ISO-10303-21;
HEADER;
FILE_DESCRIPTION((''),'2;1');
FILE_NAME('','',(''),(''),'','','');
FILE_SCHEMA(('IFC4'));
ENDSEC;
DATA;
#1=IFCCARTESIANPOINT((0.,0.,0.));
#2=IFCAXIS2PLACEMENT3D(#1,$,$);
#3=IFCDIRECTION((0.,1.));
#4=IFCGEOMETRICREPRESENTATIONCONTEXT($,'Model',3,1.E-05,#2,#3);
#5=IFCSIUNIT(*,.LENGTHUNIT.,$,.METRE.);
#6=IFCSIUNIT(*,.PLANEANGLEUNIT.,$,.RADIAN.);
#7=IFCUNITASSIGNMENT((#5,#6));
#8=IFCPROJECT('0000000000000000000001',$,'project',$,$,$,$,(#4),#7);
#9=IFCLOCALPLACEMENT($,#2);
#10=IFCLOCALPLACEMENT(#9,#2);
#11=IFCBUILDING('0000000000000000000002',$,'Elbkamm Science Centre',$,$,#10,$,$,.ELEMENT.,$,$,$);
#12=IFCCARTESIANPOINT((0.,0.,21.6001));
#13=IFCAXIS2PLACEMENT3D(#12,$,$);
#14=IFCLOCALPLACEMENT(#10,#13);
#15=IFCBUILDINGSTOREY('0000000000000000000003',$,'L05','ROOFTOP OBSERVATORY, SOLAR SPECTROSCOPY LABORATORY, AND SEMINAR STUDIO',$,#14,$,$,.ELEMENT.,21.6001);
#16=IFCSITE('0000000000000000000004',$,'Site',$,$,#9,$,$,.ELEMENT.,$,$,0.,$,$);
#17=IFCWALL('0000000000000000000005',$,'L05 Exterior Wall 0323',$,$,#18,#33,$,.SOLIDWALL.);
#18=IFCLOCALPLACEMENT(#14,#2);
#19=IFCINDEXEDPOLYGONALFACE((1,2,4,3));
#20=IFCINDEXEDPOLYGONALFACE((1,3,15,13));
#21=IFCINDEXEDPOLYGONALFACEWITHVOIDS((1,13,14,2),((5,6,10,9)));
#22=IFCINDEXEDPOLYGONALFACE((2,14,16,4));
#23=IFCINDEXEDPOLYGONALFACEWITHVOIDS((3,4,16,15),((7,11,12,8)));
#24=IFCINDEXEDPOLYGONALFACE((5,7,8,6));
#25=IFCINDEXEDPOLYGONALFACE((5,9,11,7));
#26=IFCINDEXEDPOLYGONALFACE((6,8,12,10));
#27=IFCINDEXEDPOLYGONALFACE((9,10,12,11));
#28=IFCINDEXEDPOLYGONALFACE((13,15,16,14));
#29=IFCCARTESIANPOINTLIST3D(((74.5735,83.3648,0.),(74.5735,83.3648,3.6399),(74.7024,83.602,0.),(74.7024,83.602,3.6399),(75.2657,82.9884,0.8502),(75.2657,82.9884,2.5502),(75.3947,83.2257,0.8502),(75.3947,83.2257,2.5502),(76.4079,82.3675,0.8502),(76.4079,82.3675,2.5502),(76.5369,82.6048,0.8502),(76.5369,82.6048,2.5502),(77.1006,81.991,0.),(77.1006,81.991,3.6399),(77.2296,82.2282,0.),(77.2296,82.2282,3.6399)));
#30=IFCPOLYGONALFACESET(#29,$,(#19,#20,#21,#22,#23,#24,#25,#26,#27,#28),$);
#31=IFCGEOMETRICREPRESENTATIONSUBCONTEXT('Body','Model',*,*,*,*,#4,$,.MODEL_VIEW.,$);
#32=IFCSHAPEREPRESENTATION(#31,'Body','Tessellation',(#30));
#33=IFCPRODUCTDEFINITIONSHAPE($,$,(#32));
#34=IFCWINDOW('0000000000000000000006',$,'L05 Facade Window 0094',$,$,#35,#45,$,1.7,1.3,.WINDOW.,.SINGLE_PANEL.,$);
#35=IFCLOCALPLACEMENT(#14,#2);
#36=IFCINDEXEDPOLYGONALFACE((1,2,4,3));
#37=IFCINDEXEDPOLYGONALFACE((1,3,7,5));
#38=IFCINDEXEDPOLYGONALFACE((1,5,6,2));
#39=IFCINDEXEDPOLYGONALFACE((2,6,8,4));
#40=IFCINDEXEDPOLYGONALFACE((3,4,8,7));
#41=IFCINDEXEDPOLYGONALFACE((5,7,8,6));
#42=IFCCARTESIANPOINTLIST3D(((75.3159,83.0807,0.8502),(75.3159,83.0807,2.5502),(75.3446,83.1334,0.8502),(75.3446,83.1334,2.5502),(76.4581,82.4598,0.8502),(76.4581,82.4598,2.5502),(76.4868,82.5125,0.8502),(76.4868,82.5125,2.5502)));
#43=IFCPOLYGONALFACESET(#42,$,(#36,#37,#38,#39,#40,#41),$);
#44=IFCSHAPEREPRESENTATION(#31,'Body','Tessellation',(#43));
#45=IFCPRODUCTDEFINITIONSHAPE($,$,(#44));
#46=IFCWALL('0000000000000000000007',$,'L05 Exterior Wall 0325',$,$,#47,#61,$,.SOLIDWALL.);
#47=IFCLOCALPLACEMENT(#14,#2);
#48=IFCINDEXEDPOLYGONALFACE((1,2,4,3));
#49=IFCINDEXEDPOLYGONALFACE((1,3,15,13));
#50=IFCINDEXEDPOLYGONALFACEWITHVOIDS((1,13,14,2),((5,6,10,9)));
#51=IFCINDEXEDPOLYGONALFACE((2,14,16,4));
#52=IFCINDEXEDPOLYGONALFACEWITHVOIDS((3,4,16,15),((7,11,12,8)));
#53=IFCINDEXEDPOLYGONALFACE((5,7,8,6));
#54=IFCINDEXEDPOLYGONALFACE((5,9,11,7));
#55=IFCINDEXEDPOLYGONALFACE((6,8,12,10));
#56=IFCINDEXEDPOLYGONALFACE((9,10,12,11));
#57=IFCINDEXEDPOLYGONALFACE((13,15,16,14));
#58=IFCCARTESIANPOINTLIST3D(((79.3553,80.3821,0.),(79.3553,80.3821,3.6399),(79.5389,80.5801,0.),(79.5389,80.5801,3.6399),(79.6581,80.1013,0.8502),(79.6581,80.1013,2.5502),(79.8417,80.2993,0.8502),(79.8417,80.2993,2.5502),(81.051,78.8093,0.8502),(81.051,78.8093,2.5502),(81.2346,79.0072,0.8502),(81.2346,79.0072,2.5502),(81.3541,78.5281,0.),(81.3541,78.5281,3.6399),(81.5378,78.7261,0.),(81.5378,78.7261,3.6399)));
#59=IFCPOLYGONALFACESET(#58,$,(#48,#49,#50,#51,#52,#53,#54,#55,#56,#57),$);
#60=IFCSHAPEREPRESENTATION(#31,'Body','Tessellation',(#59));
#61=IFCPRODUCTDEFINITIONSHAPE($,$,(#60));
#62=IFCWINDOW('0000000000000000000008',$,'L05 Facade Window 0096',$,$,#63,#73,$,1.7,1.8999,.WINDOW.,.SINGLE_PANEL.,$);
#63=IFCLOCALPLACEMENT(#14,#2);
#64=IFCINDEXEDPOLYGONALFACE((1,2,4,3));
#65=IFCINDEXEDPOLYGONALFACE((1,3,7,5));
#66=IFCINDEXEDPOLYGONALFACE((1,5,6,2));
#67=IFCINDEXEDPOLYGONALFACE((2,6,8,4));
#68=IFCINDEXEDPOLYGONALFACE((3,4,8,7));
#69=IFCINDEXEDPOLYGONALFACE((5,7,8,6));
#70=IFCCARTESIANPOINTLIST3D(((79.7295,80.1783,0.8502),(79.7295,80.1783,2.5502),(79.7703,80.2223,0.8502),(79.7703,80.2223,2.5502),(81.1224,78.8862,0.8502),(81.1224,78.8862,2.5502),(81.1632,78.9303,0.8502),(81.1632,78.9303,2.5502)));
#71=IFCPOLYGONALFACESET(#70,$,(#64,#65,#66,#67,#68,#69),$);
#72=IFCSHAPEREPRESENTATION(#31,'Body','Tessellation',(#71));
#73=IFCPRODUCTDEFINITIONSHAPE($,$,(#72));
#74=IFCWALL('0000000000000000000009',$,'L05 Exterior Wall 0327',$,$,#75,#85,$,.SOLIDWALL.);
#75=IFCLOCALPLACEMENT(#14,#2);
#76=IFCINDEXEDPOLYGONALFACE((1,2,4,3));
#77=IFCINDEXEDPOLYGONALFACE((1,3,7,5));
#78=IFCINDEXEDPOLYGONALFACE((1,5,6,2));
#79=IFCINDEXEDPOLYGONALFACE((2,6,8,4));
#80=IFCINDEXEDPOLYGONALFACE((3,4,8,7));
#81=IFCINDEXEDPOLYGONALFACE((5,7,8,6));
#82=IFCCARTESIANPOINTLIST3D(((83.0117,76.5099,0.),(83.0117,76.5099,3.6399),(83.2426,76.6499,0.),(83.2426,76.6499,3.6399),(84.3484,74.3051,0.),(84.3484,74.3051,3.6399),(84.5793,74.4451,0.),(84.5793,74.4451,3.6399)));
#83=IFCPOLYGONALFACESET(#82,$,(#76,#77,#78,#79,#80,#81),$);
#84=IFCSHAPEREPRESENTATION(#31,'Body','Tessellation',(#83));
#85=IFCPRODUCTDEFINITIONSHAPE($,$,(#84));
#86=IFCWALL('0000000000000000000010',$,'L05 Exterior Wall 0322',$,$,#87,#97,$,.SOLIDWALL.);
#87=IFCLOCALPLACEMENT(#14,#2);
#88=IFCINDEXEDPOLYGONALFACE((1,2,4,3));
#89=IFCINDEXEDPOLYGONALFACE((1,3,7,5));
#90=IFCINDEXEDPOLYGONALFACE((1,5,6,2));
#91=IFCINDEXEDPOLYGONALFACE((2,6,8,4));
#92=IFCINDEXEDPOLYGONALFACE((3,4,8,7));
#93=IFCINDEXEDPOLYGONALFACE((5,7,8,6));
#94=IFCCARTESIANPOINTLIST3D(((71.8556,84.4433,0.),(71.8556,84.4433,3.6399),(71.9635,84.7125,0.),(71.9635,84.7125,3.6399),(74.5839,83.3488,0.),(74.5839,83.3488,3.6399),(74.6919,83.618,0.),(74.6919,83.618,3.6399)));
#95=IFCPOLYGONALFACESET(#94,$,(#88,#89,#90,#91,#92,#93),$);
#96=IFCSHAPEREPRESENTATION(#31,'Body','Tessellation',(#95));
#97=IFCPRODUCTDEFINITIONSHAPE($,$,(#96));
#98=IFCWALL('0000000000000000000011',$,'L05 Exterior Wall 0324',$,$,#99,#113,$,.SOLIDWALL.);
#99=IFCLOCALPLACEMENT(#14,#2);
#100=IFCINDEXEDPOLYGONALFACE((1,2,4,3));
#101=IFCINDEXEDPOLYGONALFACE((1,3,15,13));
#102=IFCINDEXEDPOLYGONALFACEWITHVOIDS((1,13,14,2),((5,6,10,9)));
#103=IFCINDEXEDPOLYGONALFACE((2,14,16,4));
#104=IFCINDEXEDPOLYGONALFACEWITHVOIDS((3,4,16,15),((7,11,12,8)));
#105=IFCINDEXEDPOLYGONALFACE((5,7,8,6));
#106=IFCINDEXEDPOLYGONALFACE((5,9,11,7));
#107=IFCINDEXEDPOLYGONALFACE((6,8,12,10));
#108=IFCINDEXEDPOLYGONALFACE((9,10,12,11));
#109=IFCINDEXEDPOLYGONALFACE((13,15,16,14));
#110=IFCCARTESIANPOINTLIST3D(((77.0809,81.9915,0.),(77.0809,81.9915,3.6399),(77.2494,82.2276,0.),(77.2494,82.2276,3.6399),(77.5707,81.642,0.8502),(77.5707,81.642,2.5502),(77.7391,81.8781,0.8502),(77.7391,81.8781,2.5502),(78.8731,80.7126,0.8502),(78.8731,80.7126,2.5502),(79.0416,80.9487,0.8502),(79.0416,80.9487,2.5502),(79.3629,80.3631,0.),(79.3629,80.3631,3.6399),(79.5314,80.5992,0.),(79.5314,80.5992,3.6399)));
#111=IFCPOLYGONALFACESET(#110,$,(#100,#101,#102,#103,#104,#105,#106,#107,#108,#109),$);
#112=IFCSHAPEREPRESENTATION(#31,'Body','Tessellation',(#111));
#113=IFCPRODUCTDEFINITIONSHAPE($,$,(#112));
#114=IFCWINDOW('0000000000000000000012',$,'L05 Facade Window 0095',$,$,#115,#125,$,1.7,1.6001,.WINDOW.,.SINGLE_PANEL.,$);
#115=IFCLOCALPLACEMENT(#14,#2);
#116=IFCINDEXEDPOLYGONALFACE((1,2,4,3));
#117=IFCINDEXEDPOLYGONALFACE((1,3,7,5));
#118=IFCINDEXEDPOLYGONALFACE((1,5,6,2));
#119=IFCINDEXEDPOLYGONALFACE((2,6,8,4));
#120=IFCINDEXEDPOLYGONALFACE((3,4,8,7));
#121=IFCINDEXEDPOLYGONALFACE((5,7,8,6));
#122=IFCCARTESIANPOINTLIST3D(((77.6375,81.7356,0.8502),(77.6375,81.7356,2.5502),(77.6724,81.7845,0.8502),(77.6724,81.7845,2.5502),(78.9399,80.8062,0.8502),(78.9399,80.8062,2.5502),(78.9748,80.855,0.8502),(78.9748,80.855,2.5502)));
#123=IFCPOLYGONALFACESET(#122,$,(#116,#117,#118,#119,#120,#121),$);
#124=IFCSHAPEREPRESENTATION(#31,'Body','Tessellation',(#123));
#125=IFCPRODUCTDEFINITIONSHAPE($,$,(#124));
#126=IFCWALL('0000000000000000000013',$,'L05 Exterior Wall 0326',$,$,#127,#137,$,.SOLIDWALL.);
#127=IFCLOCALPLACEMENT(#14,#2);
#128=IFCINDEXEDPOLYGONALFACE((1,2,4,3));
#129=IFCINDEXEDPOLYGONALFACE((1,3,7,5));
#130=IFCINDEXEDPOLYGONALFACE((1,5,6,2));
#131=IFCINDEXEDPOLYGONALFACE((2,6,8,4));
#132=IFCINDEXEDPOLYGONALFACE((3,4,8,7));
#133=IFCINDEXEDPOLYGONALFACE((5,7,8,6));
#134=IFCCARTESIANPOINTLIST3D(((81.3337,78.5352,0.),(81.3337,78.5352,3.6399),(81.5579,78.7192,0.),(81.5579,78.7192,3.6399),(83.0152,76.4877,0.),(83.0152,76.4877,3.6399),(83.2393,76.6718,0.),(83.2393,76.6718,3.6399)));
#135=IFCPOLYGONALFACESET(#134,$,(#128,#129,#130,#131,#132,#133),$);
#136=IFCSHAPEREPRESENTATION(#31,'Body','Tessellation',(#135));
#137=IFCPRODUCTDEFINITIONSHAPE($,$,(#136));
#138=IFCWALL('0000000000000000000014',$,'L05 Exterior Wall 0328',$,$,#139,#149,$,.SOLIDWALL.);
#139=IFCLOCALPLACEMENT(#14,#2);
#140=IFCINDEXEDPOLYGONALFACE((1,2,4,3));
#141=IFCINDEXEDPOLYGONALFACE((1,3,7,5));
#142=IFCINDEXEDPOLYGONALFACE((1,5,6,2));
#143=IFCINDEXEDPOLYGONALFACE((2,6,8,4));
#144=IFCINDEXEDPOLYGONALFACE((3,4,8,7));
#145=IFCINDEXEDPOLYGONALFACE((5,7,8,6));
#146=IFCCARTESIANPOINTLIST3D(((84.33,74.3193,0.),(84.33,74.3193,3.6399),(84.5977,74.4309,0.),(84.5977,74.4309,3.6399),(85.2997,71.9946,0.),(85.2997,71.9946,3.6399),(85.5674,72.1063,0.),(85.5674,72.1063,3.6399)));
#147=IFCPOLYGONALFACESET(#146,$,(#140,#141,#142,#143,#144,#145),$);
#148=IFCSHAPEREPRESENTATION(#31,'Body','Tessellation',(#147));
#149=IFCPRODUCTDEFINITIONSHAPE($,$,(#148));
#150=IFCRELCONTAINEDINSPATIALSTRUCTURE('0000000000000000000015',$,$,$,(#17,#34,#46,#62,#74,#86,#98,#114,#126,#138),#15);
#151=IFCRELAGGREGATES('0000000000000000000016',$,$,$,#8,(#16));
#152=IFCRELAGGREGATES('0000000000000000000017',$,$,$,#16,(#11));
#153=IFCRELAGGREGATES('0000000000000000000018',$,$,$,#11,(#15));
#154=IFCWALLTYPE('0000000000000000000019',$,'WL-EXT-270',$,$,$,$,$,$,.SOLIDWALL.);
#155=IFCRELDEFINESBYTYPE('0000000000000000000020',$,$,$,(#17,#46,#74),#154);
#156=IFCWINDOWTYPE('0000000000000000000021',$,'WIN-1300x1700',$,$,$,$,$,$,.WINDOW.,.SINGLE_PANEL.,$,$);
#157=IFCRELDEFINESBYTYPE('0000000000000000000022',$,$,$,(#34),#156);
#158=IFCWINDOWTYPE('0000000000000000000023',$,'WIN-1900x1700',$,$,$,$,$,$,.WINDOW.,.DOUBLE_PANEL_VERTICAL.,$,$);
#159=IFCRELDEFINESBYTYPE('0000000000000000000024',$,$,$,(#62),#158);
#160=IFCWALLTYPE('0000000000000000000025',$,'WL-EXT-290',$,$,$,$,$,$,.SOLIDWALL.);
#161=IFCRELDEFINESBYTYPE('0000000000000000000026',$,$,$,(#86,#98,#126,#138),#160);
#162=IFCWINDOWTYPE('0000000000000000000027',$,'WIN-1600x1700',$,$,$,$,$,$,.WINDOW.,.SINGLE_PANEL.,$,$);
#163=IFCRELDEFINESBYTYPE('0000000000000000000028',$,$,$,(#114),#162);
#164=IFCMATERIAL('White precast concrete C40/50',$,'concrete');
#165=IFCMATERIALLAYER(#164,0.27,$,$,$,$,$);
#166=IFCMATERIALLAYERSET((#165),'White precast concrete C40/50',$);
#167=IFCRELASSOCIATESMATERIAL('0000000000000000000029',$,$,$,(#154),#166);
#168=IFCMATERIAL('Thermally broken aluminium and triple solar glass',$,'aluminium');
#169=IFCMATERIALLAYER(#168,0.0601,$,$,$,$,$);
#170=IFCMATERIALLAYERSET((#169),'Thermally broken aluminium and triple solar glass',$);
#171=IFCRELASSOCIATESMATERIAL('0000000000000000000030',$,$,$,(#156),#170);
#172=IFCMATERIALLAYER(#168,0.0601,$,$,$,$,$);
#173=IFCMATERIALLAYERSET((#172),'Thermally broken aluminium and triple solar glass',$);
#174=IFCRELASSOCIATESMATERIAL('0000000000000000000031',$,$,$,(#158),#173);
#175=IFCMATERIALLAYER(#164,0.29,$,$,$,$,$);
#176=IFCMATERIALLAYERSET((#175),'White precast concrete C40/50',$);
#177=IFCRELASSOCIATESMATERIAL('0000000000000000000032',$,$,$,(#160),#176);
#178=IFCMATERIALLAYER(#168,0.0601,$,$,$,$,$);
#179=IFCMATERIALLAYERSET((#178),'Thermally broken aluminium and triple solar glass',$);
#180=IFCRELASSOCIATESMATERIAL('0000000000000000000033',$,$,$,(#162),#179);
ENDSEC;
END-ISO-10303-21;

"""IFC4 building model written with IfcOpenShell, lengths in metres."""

from ifc_helpers import new_model, si_unit, direction, frame, frame_2d, origin, place, context, subcontext, project, spatial, rectangle, extrude, material, layer, layer_set, type_object, element, fill, save


model = new_model("IFC4")

# Units and contexts
model_context = context("Model", 3, precision=1e-05, world=origin(), true_north=direction((0.0, 1.0)))
body_context = subcontext(model_context, "Body", "Model", "MODEL_VIEW")
ifc_project = project(units=[si_unit("LENGTHUNIT", "METRE"), si_unit("PLANEANGLEUNIT", "RADIAN")], contexts=[model_context])

# Site, building, storey
site_placement = place(None, origin())
site = spatial("IfcSite", under=ifc_project, at=site_placement, Name="Site", CompositionType="ELEMENT", RefElevation=0.0)
building_placement = place(site_placement, origin())
building = spatial("IfcBuilding", under=site, at=building_placement, Name="Elbkamm Science Centre", CompositionType="ELEMENT")
storey_placement = place(building_placement, frame((0.0, 0.0, 21.6001)))
storey = spatial("IfcBuildingStorey", under=building, at=storey_placement, Name="L05", Description="ROOFTOP OBSERVATORY, SOLAR SPECTROSCOPY LABORATORY, AND SEMINAR STUDIO", CompositionType="ELEMENT", Elevation=21.6001)

# Walls, openings, windows
ifc_material_1 = material(Name="White precast concrete C40/50", Category="concrete")
ifc_layer_1 = layer(ifc_material_1, 0.27)
ifc_layer_set_1 = layer_set([ifc_layer_1], Name="White precast concrete C40/50")
wall_type_1 = type_object("IfcWallType", Name="WL-EXT-270", PredefinedType="SOLIDWALL", material=ifc_layer_set_1)
wall_1_placement = place(storey_placement, frame((74.6379, 83.4834, 0.0), z_axis=(0.0, 0.0, 1.0), x_axis=(0.878573, -0.477609, 0.0)))
wall_1 = element("IfcWall", 1, at=wall_1_placement, inside=storey, type_object=wall_type_1, Name="L05 Exterior Wall 0323", PredefinedType="SOLIDWALL", context=body_context, shape_type="SweptSolid", body=[
    extrude(rectangle(XDim=2.8765, YDim=0.27, at=frame_2d((1.4382, 0.0))), origin(), (0.0, 0.0, 1.0), 3.6399),
])
opening_1_placement = place(wall_1_placement, frame((0.7881, 0.0, 0.8501)))
opening_1 = element("IfcOpeningElement", 2, at=opening_1_placement, cuts=wall_1, PredefinedType="OPENING", context=body_context, shape_type="SweptSolid", body=[
    extrude(rectangle(XDim=1.3, YDim=1.7, at=frame_2d((0.6499, 0.8501))), frame((0.0, 0.147, 0.0), z_axis=(0.0, -1.0, 0.0), x_axis=(1.0, 0.0, 0.0)), (0.0, 0.0, 1.0), 0.2939),
])
ifc_material_2 = material(Name="Thermally broken aluminium and triple solar glass", Category="aluminium")
ifc_layer_2 = layer(ifc_material_2, 0.0601)
ifc_layer_set_2 = layer_set([ifc_layer_2], Name="Thermally broken aluminium and triple solar glass")
window_type_1 = type_object("IfcWindowType", Name="WIN-1300x1700", PartitioningType="SINGLE_PANEL", PredefinedType="WINDOW", material=ifc_layer_set_2)
window_1_placement = place(opening_1_placement, origin())
window_1 = element("IfcWindow", 3, at=window_1_placement, inside=storey, type_object=window_type_1, Name="L05 Facade Window 0094", OverallHeight=1.7, OverallWidth=1.3, PartitioningType="SINGLE_PANEL", PredefinedType="WINDOW", context=body_context, shape_type="SweptSolid", body=[
    extrude(rectangle(XDim=1.3, YDim=1.7, at=frame_2d((0.6499, 0.8501))), frame((0.0, 0.03, 0.0), z_axis=(0.0, -1.0, 0.0), x_axis=(1.0, 0.0, 0.0)), (0.0, 0.0, 1.0), 0.0601),
])
fill(opening_1, window_1)
wall_2_placement = place(storey_placement, frame((79.447, 80.4812, 0.0), z_axis=(0.0, 0.0, 1.0), x_axis=(0.73316, -0.680056, 0.0)))
wall_2 = element("IfcWall", 4, at=wall_2_placement, inside=storey, type_object=wall_type_1, Name="L05 Exterior Wall 0325", PredefinedType="SOLIDWALL", context=body_context, shape_type="SweptSolid", body=[
    extrude(rectangle(XDim=2.7263, YDim=0.27, at=frame_2d((1.3633, 0.0))), origin(), (0.0, 0.0, 1.0), 3.6399),
])
opening_2_placement = place(wall_2_placement, frame((0.4131, 0.0, 0.8501)))
opening_2 = element("IfcOpeningElement", 5, at=opening_2_placement, cuts=wall_2, PredefinedType="OPENING", context=body_context, shape_type="SweptSolid", body=[
    extrude(rectangle(XDim=1.8999, YDim=1.7, at=frame_2d((0.95, 0.8501))), frame((0.0, 0.147, 0.0), z_axis=(0.0, -1.0, 0.0), x_axis=(1.0, 0.0, 0.0)), (0.0, 0.0, 1.0), 0.2939),
])
ifc_layer_3 = layer(ifc_material_2, 0.0601)
ifc_layer_set_3 = layer_set([ifc_layer_3], Name="Thermally broken aluminium and triple solar glass")
window_type_2 = type_object("IfcWindowType", Name="WIN-1900x1700", PartitioningType="DOUBLE_PANEL_VERTICAL", PredefinedType="WINDOW", material=ifc_layer_set_3)
window_2_placement = place(opening_2_placement, origin())
window_2 = element("IfcWindow", 6, at=window_2_placement, inside=storey, type_object=window_type_2, Name="L05 Facade Window 0096", OverallHeight=1.7, OverallWidth=1.8999, PartitioningType="SINGLE_PANEL", PredefinedType="WINDOW", context=body_context, shape_type="SweptSolid", body=[
    extrude(rectangle(XDim=1.8999, YDim=1.7, at=frame_2d((0.95, 0.8501))), frame((0.0, 0.03, 0.0), z_axis=(0.0, -1.0, 0.0), x_axis=(1.0, 0.0, 0.0)), (0.0, 0.0, 1.0), 0.0601),
])
fill(opening_2, window_2)

# Walls
wall_3_placement = place(storey_placement, frame((83.1272, 76.5798, 0.0), z_axis=(0.0, 0.0, 1.0), x_axis=(0.518417, -0.855128, 0.0)))
element("IfcWall", 7, at=wall_3_placement, inside=storey, type_object=wall_type_1, Name="L05 Exterior Wall 0327", PredefinedType="SOLIDWALL", context=body_context, shape_type="SweptSolid", body=[
    extrude(rectangle(XDim=2.5784, YDim=0.27, at=frame_2d((1.2891, 0.0))), origin(), (0.0, 0.0, 1.0), 3.6399),
])
ifc_layer_4 = layer(ifc_material_1, 0.29)
ifc_layer_set_4 = layer_set([ifc_layer_4], Name="White precast concrete C40/50")
wall_type_2 = type_object("IfcWallType", Name="WL-EXT-290", PredefinedType="SOLIDWALL", material=ifc_layer_set_4)
wall_4_placement = place(storey_placement, frame((71.9097, 84.5779, 0.0), z_axis=(0.0, 0.0, 1.0), x_axis=(0.928104, -0.372321, 0.0)))
element("IfcWall", 8, at=wall_4_placement, inside=storey, type_object=wall_type_2, Name="L05 Exterior Wall 0322", PredefinedType="SOLIDWALL", context=body_context, shape_type="SweptSolid", body=[
    extrude(rectangle(XDim=2.9397, YDim=0.29, at=frame_2d((1.4697, 0.0))), origin(), (0.0, 0.0, 1.0), 3.6399),
])

# Wall, opening, window
wall_5_placement = place(storey_placement, frame((77.165, 82.1096, 0.0), z_axis=(0.0, 0.0, 1.0), x_axis=(0.813998, -0.580867, 0.0)))
wall_5 = element("IfcWall", 9, at=wall_5_placement, inside=storey, type_object=wall_type_2, Name="L05 Exterior Wall 0324", PredefinedType="SOLIDWALL", context=body_context, shape_type="SweptSolid", body=[
    extrude(rectangle(XDim=2.8035, YDim=0.29, at=frame_2d((1.4019, 0.0))), origin(), (0.0, 0.0, 1.0), 3.6399),
])
opening_3_placement = place(wall_5_placement, frame((0.6018, 0.0, 0.8501)))
opening_3 = element("IfcOpeningElement", 10, at=opening_3_placement, cuts=wall_5, PredefinedType="OPENING", context=body_context, shape_type="SweptSolid", body=[
    extrude(rectangle(XDim=1.6001, YDim=1.7, at=frame_2d((0.8, 0.8501))), frame((0.0, 0.157, 0.0), z_axis=(0.0, -1.0, 0.0), x_axis=(1.0, 0.0, 0.0)), (0.0, 0.0, 1.0), 0.314),
])
ifc_layer_5 = layer(ifc_material_2, 0.0601)
ifc_layer_set_5 = layer_set([ifc_layer_5], Name="Thermally broken aluminium and triple solar glass")
window_type_3 = type_object("IfcWindowType", Name="WIN-1600x1700", PartitioningType="SINGLE_PANEL", PredefinedType="WINDOW", material=ifc_layer_set_5)
window_3_placement = place(opening_3_placement, origin())
window_3 = element("IfcWindow", 11, at=window_3_placement, inside=storey, type_object=window_type_3, Name="L05 Facade Window 0095", OverallHeight=1.7, OverallWidth=1.6001, PartitioningType="SINGLE_PANEL", PredefinedType="WINDOW", context=body_context, shape_type="SweptSolid", body=[
    extrude(rectangle(XDim=1.6001, YDim=1.7, at=frame_2d((0.8, 0.8501))), frame((0.0, 0.03, 0.0), z_axis=(0.0, -1.0, 0.0), x_axis=(1.0, 0.0, 0.0)), (0.0, 0.0, 1.0), 0.0601),
])
fill(opening_3, window_3)

# Walls
wall_6_placement = place(storey_placement, frame((81.4458, 78.6272, 0.0), z_axis=(0.0, 0.0, 1.0), x_axis=(0.634657, -0.772794, 0.0)))
element("IfcWall", 12, at=wall_6_placement, inside=storey, type_object=wall_type_2, Name="L05 Exterior Wall 0326", PredefinedType="SOLIDWALL", context=body_context, shape_type="SweptSolid", body=[
    extrude(rectangle(XDim=2.6494, YDim=0.29, at=frame_2d((1.3247, 0.0))), origin(), (0.0, 0.0, 1.0), 3.6399),
])
wall_7_placement = place(storey_placement, frame((84.4639, 74.375, 0.0), z_axis=(0.0, 0.0, 1.0), x_axis=(0.384987, -0.922922, 0.0)))
element("IfcWall", 13, at=wall_7_placement, inside=storey, type_object=wall_type_2, Name="L05 Exterior Wall 0328", PredefinedType="SOLIDWALL", context=body_context, shape_type="SweptSolid", body=[
    extrude(rectangle(XDim=2.5188, YDim=0.29, at=frame_2d((1.2593, 0.0))), origin(), (0.0, 0.0, 1.0), 3.6399),
])

save(model, "model.ifc")
